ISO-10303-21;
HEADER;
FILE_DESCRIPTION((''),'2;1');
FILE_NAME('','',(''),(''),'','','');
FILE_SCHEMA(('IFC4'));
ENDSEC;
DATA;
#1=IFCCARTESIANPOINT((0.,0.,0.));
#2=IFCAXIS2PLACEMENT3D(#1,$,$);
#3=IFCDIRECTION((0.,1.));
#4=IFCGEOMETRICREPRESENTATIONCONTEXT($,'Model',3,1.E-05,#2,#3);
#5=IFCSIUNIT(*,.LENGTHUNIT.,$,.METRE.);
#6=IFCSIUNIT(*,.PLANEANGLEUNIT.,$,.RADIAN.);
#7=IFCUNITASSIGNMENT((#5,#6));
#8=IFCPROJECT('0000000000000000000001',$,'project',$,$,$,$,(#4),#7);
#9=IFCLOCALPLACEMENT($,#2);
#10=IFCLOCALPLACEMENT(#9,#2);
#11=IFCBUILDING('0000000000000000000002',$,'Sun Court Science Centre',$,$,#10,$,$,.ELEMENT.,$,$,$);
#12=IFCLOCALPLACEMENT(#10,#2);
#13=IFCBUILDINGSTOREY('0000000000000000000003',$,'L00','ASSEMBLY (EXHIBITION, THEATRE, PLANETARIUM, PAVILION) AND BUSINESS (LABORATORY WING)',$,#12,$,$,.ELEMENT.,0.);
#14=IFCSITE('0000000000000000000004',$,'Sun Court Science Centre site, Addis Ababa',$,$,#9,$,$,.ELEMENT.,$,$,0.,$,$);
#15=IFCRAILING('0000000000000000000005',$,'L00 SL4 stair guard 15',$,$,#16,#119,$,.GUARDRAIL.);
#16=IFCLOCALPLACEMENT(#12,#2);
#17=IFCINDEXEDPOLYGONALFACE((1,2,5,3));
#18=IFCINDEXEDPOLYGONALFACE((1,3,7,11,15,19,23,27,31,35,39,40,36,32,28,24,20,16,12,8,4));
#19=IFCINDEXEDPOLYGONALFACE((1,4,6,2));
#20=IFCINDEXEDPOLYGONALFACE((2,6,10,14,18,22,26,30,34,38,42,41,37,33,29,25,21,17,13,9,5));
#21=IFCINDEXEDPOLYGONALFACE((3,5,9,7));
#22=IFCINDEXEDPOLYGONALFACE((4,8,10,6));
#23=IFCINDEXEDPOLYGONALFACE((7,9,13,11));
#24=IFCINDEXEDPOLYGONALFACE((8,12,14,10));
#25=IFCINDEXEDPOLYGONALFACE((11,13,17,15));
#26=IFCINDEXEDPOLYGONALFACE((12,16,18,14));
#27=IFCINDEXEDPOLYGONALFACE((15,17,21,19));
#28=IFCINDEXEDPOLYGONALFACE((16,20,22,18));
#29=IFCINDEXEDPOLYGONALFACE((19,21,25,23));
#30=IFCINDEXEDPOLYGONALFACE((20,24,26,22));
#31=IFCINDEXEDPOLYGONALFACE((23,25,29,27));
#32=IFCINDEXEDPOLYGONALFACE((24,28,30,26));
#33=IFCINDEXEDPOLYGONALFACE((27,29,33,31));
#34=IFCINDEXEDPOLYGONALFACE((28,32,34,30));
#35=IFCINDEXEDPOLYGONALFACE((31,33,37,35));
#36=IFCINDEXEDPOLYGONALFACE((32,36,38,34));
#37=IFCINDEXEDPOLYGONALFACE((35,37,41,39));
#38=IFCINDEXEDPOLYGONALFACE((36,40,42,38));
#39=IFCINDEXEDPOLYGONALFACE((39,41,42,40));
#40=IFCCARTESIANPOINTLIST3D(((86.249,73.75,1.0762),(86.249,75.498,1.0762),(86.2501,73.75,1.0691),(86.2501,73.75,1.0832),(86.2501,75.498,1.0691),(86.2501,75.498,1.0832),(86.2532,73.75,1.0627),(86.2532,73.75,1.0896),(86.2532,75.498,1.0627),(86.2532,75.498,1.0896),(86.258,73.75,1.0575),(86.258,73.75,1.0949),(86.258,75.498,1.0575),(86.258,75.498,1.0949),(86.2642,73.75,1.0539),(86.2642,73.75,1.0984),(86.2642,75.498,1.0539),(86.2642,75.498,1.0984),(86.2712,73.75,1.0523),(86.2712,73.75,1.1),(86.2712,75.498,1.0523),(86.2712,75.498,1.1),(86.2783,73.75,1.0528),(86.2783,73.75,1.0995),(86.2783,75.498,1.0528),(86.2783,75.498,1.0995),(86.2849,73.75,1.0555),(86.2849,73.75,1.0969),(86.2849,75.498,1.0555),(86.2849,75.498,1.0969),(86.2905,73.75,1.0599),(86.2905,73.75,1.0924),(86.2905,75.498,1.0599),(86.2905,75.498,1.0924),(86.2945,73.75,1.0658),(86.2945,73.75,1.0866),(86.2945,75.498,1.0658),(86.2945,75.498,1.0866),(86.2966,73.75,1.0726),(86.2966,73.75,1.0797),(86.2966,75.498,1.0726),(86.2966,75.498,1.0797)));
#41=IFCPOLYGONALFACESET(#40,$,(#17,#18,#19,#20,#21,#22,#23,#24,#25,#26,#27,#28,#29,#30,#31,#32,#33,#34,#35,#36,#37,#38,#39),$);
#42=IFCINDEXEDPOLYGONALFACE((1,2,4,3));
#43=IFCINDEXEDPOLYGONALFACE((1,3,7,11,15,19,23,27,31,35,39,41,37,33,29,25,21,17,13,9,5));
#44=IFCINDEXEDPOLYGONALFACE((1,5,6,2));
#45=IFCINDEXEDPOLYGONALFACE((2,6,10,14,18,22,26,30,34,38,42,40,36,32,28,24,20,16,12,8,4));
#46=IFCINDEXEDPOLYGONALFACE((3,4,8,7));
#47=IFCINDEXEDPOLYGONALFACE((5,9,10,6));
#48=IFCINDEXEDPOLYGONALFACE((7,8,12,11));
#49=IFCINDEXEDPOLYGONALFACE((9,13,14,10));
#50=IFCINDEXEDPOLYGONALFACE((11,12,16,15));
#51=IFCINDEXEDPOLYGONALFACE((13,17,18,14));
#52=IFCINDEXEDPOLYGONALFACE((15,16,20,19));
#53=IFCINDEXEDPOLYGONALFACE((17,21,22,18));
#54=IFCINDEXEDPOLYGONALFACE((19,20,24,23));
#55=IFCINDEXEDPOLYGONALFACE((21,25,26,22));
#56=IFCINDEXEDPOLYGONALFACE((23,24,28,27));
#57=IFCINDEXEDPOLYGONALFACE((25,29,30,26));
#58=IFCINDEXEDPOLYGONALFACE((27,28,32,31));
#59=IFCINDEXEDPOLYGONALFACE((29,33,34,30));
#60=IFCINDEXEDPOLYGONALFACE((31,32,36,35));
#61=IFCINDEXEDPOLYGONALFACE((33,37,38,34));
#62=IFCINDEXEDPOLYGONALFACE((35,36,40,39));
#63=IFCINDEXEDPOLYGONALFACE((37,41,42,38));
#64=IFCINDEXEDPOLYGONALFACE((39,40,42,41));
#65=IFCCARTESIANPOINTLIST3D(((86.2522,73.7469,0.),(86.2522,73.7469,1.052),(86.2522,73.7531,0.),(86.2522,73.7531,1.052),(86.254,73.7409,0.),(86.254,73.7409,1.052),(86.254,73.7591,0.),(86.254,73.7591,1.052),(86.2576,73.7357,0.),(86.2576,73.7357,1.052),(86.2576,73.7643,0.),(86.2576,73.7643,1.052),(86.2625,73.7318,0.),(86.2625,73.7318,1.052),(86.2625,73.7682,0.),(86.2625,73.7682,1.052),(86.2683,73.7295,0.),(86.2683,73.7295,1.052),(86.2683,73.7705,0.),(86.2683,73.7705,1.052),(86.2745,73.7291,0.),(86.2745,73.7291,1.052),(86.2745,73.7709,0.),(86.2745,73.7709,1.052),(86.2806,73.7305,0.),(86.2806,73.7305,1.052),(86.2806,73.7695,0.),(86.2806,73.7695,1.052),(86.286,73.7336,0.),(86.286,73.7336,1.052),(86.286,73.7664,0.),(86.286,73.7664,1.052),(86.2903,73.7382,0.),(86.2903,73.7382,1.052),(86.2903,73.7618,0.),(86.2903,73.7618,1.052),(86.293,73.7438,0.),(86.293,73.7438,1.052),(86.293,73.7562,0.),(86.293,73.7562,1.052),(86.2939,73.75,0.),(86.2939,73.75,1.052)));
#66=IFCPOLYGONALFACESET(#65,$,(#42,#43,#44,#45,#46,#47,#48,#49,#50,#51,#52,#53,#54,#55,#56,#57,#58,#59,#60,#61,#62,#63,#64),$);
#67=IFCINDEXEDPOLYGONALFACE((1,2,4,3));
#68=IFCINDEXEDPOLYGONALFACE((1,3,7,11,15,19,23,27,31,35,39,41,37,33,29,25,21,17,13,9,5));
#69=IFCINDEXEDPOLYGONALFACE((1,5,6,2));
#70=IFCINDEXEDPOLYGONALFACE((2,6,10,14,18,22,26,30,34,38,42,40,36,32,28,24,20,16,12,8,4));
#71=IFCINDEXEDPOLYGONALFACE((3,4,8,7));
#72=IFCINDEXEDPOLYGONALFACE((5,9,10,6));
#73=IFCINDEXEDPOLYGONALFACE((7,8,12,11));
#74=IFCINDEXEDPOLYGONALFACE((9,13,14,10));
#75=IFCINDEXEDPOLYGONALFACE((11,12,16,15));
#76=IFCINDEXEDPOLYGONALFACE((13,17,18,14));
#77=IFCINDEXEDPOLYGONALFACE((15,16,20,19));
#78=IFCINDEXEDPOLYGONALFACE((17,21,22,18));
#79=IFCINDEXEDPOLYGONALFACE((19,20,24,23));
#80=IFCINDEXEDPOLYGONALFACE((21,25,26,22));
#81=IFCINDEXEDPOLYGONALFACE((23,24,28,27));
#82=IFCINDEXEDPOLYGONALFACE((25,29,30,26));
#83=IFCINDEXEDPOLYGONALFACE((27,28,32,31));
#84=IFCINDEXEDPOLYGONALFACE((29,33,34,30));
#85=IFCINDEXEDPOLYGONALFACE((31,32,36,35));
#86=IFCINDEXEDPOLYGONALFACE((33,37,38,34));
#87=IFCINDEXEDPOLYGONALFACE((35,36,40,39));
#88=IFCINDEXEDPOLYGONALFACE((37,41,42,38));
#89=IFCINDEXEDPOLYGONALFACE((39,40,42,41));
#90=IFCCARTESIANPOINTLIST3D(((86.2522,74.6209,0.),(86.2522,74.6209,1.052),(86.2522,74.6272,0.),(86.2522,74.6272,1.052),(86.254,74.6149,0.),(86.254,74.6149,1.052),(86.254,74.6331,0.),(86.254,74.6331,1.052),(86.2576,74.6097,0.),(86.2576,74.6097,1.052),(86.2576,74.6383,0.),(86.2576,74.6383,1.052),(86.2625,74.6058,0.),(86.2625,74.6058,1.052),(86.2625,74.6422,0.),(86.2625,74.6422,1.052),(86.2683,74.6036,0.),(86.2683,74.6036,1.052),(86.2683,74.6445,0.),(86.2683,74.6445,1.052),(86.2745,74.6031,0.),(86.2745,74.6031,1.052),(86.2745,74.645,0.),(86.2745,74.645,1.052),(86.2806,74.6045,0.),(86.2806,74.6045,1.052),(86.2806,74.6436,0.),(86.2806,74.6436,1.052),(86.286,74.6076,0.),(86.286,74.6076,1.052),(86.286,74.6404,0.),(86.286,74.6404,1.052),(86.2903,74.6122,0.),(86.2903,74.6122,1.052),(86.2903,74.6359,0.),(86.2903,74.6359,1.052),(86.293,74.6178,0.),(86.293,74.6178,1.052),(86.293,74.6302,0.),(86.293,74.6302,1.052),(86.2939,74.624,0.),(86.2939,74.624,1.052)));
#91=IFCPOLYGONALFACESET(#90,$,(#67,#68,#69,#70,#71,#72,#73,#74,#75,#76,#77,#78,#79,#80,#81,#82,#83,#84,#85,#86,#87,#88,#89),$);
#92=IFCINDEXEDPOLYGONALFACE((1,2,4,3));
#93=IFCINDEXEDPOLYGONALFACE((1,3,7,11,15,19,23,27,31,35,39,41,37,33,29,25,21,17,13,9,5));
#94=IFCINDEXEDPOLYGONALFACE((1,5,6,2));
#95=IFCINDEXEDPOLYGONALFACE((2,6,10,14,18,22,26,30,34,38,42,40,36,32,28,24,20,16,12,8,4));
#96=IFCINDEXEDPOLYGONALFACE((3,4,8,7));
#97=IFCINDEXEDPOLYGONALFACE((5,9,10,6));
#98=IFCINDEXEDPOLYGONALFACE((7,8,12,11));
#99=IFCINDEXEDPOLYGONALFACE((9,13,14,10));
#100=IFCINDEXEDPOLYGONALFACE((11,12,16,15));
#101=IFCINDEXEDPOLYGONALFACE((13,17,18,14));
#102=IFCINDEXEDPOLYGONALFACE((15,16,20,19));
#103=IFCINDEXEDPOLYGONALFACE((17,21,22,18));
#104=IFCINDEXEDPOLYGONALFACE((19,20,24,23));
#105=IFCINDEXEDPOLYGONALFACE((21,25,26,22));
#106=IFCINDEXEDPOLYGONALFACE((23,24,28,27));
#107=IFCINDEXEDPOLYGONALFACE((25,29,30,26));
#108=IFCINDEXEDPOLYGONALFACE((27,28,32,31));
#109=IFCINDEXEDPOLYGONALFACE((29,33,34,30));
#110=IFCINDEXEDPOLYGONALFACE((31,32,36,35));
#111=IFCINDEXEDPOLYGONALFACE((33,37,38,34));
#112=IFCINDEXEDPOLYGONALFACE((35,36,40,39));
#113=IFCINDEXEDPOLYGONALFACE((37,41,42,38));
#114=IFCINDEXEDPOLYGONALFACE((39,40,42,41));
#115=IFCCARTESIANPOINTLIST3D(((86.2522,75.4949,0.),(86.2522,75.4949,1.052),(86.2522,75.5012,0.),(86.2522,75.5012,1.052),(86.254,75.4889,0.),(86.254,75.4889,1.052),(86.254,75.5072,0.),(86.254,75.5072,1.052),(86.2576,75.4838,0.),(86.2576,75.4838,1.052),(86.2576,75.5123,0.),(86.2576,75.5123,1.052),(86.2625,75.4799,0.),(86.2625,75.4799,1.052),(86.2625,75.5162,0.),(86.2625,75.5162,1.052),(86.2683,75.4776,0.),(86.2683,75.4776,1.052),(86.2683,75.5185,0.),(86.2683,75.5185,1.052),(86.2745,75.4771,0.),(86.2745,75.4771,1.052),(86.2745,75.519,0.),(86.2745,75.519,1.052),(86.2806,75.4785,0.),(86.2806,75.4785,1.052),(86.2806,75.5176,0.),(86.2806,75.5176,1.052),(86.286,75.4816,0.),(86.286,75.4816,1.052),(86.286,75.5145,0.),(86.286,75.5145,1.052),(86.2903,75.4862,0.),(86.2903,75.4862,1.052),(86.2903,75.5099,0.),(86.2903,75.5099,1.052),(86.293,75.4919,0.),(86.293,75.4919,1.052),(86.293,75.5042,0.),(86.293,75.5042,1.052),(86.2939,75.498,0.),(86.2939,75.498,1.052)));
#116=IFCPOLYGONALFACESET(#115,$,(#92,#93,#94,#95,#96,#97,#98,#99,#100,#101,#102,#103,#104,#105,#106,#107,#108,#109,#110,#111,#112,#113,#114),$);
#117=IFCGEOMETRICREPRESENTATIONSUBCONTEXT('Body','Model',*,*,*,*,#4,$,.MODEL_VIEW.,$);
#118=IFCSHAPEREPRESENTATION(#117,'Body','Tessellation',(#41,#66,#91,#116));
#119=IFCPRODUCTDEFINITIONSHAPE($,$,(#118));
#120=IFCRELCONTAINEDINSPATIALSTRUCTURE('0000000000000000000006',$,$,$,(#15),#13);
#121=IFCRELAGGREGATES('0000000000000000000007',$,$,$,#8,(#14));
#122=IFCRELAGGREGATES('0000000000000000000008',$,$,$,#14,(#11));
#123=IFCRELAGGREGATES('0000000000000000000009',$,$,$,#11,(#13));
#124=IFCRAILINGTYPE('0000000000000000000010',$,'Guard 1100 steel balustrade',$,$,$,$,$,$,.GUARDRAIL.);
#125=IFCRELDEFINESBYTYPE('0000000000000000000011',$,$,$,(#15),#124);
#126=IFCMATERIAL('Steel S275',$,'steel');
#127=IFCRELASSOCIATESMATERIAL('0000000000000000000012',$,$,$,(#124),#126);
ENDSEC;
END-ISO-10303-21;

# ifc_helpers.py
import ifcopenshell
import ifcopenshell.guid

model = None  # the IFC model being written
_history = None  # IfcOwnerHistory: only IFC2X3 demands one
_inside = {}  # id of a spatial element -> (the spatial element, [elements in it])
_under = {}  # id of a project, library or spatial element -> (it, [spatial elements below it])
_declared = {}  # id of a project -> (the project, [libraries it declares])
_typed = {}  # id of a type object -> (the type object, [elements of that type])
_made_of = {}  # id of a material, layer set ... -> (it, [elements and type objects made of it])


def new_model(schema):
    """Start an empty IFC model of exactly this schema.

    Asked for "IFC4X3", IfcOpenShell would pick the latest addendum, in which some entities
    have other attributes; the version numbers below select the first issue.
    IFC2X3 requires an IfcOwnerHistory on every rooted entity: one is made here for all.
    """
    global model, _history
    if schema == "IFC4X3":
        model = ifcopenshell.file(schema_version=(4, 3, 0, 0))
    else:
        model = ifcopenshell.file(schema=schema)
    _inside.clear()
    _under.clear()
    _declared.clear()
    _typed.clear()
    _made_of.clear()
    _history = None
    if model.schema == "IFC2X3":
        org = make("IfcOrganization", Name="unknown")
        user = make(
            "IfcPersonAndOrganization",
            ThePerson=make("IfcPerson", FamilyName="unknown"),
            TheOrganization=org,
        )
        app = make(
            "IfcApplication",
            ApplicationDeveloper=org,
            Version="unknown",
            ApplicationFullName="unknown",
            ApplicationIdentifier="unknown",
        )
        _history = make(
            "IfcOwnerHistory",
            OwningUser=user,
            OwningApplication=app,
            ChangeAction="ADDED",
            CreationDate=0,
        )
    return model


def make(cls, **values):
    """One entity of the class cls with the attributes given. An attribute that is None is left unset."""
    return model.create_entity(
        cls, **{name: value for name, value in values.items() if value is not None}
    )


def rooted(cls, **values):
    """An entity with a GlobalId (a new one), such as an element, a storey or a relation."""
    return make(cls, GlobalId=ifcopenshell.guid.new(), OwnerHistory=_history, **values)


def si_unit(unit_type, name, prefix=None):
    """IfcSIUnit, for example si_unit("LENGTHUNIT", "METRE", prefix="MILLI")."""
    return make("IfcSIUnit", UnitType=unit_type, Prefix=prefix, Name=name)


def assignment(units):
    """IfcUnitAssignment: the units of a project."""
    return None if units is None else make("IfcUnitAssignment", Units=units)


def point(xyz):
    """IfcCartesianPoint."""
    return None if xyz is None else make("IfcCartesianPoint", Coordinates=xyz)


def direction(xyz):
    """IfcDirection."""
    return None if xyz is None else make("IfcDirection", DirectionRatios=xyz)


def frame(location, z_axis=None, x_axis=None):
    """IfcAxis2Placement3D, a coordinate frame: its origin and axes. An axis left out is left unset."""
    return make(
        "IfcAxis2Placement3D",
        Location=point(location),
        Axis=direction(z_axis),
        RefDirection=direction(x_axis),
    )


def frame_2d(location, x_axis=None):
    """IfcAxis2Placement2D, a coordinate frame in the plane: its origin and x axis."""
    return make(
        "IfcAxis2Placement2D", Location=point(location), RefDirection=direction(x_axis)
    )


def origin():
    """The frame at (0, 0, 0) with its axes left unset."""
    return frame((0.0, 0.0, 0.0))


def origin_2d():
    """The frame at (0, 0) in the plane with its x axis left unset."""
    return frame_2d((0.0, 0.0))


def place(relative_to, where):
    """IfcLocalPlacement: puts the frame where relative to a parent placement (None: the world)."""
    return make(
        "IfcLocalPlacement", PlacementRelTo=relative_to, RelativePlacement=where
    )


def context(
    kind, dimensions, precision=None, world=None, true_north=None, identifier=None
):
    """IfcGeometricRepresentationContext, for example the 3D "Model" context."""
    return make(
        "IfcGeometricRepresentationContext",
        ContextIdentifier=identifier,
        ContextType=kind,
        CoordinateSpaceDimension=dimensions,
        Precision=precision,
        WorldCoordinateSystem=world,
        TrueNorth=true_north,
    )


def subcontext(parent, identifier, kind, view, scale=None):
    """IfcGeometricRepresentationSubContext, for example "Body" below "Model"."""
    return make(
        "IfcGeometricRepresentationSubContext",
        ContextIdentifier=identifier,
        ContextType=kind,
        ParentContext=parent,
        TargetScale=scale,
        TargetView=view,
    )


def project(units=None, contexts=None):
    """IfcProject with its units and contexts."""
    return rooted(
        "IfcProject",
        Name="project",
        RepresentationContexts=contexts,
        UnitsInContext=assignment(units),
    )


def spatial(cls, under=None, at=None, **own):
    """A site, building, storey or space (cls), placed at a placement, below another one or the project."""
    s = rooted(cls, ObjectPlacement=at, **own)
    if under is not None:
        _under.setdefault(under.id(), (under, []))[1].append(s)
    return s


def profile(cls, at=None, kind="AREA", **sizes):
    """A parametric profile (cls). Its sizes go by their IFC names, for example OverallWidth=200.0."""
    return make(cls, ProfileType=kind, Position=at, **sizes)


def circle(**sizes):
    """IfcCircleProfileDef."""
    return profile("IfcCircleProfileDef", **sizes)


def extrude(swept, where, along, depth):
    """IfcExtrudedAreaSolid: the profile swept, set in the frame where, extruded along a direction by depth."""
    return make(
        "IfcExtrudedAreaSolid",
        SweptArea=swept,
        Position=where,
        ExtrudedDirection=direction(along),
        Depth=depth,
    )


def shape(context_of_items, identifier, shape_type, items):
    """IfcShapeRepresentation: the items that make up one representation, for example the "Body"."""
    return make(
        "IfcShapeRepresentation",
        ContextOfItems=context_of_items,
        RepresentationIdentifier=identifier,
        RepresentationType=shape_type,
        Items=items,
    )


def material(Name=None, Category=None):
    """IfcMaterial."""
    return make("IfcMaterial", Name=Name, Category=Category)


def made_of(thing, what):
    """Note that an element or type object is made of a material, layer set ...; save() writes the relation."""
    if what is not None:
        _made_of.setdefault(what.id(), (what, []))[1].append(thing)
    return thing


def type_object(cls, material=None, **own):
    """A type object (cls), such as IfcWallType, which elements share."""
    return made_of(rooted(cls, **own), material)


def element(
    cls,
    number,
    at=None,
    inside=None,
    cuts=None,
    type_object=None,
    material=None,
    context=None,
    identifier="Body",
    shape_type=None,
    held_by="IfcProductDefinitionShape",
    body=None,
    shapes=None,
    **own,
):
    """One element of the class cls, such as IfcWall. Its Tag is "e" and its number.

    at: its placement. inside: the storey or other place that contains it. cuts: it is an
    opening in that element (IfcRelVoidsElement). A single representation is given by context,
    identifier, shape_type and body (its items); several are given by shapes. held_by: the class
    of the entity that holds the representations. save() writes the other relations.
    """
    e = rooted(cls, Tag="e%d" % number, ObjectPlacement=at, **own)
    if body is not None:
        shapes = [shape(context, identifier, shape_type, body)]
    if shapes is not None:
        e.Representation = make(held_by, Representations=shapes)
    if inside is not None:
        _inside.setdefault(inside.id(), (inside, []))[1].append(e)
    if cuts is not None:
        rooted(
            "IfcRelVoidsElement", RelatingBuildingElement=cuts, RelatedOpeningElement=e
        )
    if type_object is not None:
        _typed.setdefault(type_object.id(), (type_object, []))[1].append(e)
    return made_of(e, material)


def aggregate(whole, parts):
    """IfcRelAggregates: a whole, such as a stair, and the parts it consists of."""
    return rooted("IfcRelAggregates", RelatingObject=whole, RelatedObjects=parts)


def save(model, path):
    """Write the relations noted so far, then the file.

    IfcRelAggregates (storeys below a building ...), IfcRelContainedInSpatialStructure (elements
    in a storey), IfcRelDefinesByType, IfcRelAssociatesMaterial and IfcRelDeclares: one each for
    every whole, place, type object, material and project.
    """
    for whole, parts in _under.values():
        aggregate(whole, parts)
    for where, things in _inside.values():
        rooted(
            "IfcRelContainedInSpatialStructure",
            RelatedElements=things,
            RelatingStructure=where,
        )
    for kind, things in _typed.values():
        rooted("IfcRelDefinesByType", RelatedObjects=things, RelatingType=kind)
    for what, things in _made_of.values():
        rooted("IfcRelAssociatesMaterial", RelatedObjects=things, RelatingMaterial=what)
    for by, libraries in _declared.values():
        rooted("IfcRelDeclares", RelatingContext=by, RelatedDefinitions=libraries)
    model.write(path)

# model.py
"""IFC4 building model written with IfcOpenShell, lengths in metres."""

from ifc_helpers import new_model, si_unit, direction, frame, origin, origin_2d, place, context, subcontext, project, spatial, circle, extrude, material, type_object, element, save


model = new_model("IFC4")

# Units and contexts
model_context = context("Model", 3, precision=1e-05, world=origin(), true_north=direction((0.0, 1.0)))
body_context = subcontext(model_context, "Body", "Model", "MODEL_VIEW")
ifc_project = project(units=[si_unit("LENGTHUNIT", "METRE"), si_unit("PLANEANGLEUNIT", "RADIAN")], contexts=[model_context])

# Site, building, storey
site_placement = place(None, origin())
site = spatial("IfcSite", under=ifc_project, at=site_placement, Name="Sun Court Science Centre site, Addis Ababa", CompositionType="ELEMENT", RefElevation=0.0)
building_placement = place(site_placement, origin())
building = spatial("IfcBuilding", under=site, at=building_placement, Name="Sun Court Science Centre", CompositionType="ELEMENT")
storey_placement = place(building_placement, origin())
storey = spatial("IfcBuildingStorey", under=building, at=storey_placement, Name="L00", Description="ASSEMBLY (EXHIBITION, THEATRE, PLANETARIUM, PAVILION) AND BUSINESS (LABORATORY WING)", CompositionType="ELEMENT", Elevation=0.0)

# Railing
ifc_material_1 = material(Name="Steel S275", Category="steel")
railing_type_1 = type_object("IfcRailingType", Name="Guard 1100 steel balustrade", PredefinedType="GUARDRAIL", material=ifc_material_1)
railing_1_placement = place(storey_placement, frame((86.2729, 73.75, 0.0)))
element("IfcRailing", 1, at=railing_1_placement, inside=storey, type_object=railing_type_1, Name="L00 SL4 stair guard 15", PredefinedType="GUARDRAIL", context=body_context, shape_type="SweptSolid", body=[
    extrude(circle(Radius=0.0239, at=origin_2d()), frame((0.0, 0.0, 1.0762), z_axis=(0.0, 1.0, 0.0), x_axis=(-1.0, 0.0, 0.0)), (0.0, 0.0, 1.0), 1.748),
    extrude(circle(Radius=0.021, at=origin_2d()), origin(), (0.0, 0.0, 1.0), 1.052),
    extrude(circle(Radius=0.021, at=origin_2d()), frame((0.0, 0.874, 0.0)), (0.0, 0.0, 1.0), 1.052),
    extrude(circle(Radius=0.021, at=origin_2d()), frame((0.0, 1.748, 0.0)), (0.0, 0.0, 1.0), 1.052),
])

save(model, "model.ifc")
